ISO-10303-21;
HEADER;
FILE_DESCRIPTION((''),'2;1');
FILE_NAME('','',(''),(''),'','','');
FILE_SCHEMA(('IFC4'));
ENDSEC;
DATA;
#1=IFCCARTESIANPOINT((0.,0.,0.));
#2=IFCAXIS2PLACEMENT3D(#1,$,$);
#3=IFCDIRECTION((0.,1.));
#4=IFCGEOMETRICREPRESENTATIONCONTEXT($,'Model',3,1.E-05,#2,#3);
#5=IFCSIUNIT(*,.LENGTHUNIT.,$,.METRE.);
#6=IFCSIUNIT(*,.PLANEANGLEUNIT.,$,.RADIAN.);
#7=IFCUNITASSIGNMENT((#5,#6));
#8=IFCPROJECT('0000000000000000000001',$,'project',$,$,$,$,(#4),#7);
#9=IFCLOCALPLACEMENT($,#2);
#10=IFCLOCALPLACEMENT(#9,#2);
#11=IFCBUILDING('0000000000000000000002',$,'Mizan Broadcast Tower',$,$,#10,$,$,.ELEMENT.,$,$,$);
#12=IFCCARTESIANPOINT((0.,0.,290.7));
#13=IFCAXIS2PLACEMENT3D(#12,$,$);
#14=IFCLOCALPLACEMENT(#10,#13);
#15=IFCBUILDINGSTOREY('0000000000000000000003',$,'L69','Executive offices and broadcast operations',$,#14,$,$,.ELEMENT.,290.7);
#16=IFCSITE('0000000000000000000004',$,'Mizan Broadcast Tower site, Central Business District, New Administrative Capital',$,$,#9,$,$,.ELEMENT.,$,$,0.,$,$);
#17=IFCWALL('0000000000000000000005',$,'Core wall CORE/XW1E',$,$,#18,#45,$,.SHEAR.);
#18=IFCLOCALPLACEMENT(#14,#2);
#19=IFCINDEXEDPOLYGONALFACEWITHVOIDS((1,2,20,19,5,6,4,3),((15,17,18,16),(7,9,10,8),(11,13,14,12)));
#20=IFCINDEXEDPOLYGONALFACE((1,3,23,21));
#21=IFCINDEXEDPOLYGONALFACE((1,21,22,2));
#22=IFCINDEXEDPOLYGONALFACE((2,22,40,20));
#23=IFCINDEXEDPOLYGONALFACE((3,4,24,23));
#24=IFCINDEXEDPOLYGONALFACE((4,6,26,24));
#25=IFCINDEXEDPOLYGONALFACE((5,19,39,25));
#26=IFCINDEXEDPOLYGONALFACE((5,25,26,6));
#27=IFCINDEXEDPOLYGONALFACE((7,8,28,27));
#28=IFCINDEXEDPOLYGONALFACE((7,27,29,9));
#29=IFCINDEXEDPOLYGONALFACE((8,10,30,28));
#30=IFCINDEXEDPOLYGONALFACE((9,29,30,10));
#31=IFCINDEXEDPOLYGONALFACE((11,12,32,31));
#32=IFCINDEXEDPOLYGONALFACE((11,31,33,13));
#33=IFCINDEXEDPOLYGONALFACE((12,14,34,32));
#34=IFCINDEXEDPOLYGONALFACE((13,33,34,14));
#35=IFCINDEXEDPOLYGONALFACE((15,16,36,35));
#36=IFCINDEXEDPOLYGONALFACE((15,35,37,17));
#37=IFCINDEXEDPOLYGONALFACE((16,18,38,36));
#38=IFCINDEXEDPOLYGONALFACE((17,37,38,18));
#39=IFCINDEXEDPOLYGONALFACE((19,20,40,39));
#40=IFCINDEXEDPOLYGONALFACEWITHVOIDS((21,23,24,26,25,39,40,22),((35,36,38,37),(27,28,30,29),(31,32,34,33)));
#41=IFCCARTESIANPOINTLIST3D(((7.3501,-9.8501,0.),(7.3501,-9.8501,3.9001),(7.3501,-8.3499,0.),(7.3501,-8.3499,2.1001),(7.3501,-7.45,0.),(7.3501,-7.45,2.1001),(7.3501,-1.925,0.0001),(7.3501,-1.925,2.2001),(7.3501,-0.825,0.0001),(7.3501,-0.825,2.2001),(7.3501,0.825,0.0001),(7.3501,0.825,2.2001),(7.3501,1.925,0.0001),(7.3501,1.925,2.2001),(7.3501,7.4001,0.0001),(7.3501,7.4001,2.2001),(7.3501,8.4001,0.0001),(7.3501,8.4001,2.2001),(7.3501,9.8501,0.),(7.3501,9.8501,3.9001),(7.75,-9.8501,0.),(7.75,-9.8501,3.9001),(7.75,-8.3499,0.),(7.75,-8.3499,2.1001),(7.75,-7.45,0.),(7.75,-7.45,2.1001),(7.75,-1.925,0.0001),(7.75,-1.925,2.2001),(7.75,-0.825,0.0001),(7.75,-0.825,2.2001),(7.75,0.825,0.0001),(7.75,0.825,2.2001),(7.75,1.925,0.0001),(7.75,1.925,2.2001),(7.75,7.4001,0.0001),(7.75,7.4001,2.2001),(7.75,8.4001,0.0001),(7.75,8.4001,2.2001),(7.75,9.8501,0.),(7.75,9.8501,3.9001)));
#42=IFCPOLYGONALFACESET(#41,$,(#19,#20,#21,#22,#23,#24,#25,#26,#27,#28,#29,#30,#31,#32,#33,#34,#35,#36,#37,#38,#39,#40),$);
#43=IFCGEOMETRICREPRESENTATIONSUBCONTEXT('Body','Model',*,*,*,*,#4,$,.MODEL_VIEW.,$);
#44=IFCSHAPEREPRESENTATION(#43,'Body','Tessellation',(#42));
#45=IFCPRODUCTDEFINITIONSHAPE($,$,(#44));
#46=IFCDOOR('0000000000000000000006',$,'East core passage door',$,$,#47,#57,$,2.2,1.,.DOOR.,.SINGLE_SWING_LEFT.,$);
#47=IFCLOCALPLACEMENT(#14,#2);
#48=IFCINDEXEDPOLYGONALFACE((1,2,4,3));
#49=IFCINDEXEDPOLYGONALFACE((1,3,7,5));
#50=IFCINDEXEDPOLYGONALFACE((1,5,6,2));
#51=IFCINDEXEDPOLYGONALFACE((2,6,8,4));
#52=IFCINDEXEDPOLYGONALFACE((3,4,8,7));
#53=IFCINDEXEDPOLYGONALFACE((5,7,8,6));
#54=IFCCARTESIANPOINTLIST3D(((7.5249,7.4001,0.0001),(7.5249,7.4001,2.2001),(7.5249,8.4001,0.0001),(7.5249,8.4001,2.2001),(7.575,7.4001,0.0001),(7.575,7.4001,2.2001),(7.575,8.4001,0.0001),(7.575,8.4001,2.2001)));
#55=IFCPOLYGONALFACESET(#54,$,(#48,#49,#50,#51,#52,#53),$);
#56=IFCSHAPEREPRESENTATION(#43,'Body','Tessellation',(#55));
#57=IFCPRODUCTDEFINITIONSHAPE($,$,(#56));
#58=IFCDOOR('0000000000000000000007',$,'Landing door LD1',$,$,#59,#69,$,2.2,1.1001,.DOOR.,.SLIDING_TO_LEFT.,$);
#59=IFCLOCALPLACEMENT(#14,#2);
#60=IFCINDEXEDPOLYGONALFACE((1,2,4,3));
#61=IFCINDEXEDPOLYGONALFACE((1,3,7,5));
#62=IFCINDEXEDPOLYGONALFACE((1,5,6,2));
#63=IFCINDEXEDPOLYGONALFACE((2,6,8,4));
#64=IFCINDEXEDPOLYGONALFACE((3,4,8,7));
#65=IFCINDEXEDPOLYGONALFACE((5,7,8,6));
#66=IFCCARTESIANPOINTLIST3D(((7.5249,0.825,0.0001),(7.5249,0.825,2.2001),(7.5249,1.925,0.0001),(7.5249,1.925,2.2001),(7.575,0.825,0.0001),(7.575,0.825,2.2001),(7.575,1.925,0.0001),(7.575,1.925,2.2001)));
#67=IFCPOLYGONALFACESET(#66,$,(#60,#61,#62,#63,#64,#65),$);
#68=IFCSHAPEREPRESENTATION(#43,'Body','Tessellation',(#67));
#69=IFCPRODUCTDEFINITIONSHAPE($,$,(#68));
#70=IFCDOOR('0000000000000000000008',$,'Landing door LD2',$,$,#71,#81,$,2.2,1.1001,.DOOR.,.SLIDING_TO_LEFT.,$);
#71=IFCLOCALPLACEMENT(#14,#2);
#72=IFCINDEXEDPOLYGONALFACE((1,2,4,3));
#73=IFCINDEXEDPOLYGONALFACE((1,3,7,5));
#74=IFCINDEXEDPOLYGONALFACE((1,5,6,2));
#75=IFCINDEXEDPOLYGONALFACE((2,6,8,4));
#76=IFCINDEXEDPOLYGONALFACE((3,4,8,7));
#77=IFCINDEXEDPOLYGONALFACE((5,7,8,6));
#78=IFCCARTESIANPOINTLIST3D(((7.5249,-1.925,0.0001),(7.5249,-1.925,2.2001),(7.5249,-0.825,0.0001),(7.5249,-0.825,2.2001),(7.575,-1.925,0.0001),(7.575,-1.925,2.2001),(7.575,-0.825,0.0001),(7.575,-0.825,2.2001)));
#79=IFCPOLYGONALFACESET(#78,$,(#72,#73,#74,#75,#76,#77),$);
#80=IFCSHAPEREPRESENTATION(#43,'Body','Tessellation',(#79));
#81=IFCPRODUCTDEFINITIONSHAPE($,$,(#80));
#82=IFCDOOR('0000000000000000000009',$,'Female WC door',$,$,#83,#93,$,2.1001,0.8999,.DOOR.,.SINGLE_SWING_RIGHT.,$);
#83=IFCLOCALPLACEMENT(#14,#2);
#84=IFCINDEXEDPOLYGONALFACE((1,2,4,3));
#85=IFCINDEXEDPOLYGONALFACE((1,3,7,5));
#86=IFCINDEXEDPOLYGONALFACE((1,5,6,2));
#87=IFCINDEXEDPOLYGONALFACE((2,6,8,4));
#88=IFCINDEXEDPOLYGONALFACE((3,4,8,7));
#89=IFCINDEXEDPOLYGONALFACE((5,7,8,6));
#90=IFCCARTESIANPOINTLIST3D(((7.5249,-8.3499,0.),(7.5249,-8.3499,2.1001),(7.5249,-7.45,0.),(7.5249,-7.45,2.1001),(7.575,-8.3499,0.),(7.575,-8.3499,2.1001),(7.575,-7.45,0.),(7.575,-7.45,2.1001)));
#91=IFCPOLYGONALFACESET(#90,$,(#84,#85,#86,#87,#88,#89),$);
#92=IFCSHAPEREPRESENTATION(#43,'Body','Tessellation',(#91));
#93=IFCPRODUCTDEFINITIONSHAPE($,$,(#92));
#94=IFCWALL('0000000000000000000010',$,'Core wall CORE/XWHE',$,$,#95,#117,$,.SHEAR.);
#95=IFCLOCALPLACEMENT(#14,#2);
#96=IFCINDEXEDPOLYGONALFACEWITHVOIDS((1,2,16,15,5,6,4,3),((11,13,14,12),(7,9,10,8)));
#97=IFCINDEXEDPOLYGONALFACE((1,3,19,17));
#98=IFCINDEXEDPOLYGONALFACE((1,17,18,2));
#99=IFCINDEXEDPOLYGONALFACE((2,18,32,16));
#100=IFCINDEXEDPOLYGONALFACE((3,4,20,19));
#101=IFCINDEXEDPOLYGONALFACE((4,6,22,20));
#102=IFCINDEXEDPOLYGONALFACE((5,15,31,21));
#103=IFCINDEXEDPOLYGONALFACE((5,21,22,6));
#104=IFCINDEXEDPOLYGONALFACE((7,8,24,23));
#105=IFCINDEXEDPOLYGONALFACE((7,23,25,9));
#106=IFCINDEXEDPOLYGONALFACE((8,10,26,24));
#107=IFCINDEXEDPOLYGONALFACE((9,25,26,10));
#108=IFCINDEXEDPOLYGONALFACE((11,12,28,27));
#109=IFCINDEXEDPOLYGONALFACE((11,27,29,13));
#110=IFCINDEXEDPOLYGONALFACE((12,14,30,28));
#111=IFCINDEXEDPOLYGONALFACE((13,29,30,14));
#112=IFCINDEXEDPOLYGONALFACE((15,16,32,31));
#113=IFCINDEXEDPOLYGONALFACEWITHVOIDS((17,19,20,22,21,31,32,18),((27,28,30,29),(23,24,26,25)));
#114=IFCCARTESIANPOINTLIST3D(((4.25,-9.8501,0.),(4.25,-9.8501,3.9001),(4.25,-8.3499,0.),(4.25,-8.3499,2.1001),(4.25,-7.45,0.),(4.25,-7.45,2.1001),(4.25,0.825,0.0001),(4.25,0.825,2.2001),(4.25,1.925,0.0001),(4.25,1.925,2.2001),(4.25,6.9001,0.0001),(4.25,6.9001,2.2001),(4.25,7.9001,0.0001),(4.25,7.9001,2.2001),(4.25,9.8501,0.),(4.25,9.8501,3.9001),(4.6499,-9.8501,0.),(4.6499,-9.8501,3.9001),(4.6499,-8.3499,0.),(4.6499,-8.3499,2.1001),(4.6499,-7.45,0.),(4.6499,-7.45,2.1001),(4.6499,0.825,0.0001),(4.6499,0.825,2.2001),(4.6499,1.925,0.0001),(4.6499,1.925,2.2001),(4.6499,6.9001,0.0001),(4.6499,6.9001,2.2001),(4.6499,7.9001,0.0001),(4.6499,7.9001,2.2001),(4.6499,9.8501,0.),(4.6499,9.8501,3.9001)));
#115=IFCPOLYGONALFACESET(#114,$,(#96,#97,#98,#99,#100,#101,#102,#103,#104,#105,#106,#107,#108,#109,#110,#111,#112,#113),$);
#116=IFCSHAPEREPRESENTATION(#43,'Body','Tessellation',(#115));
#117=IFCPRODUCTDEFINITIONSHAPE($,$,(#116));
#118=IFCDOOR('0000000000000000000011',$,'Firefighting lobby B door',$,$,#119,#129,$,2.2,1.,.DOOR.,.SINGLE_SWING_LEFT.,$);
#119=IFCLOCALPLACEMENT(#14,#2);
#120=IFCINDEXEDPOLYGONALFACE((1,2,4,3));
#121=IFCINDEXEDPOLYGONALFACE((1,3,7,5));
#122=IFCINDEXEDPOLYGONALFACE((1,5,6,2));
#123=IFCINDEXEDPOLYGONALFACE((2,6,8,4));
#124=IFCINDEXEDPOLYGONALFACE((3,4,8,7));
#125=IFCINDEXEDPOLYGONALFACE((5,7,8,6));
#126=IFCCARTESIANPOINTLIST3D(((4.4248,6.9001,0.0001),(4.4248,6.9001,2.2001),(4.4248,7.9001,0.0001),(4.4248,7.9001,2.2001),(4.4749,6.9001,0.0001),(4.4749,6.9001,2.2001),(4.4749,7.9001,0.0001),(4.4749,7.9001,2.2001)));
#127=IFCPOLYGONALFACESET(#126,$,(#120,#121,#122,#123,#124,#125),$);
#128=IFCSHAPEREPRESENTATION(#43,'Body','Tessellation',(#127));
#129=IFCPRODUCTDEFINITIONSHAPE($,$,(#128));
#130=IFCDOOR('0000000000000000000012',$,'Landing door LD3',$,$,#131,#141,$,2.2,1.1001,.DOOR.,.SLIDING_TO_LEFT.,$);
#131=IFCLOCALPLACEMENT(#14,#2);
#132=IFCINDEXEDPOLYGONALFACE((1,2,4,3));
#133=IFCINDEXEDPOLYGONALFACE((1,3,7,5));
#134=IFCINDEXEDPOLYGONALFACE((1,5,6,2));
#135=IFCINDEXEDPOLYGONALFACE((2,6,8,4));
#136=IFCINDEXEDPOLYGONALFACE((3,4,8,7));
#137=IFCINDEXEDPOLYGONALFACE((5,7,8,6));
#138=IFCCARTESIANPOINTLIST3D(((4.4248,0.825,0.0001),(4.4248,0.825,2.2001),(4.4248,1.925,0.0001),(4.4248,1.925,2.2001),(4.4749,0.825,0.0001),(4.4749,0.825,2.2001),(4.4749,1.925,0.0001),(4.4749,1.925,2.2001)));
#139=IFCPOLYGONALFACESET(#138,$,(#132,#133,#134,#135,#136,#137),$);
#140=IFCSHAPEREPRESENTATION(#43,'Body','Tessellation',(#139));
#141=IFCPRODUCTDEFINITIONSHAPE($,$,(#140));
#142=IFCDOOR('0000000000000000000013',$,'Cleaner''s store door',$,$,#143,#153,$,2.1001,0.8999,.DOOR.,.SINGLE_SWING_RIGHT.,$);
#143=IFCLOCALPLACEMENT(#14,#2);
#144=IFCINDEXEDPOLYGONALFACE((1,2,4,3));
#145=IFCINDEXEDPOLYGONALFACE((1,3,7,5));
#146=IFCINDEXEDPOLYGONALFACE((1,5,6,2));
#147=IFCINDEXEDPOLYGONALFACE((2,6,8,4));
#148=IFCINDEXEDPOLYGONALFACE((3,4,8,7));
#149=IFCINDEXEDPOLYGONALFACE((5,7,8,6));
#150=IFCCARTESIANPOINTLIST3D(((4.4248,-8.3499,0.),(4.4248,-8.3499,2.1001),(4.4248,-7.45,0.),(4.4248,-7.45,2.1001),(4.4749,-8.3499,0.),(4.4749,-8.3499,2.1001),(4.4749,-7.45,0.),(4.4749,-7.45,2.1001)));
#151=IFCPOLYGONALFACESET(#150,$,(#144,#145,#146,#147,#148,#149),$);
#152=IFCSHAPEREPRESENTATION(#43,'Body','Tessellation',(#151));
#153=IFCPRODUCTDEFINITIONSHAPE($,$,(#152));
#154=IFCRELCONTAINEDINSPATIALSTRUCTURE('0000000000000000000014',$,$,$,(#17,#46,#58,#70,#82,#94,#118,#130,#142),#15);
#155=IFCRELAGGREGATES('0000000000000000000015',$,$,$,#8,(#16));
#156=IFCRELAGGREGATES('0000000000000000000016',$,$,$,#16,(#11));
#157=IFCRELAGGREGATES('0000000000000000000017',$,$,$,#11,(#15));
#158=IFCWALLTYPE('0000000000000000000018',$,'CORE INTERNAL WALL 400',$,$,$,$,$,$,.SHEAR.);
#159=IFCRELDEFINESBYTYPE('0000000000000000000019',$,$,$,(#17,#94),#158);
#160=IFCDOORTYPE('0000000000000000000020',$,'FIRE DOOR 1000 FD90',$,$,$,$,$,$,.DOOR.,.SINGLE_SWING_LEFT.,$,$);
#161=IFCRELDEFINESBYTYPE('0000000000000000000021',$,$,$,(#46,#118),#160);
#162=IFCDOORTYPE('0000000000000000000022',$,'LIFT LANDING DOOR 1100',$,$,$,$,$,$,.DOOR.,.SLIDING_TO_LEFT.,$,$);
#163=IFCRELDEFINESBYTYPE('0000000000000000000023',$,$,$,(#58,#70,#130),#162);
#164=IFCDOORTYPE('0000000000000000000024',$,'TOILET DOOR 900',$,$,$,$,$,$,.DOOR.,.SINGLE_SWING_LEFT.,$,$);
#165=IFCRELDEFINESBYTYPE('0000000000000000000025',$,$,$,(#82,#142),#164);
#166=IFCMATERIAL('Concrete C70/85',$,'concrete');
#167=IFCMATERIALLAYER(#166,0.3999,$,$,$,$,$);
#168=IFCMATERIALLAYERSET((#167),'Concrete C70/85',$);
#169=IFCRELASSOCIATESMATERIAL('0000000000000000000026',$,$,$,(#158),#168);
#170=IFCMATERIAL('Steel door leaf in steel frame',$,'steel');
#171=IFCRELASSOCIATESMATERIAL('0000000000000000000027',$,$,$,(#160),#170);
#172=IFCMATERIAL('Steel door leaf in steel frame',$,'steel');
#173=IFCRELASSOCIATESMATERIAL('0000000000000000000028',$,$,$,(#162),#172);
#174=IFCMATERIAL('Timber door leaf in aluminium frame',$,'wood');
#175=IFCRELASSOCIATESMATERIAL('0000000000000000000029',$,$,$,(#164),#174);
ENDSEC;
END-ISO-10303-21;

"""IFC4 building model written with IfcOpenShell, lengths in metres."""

from ifc_helpers import new_model, si_unit, direction, frame, frame_2d, origin, place, context, subcontext, project, spatial, rectangle, extrude, material, layer, layer_set, type_object, element, fill, save


model = new_model("IFC4")

# Units and contexts
model_context = context("Model", 3, precision=1e-05, world=origin(), true_north=direction((0.0, 1.0)))
body_context = subcontext(model_context, "Body", "Model", "MODEL_VIEW")
ifc_project = project(units=[si_unit("LENGTHUNIT", "METRE"), si_unit("PLANEANGLEUNIT", "RADIAN")], contexts=[model_context])

# Site, building, storey
site_placement = place(None, origin())
site = spatial("IfcSite", under=ifc_project, at=site_placement, Name="Mizan Broadcast Tower site, Central Business District, New Administrative Capital", CompositionType="ELEMENT", RefElevation=0.0)
building_placement = place(site_placement, origin())
building = spatial("IfcBuilding", under=site, at=building_placement, Name="Mizan Broadcast Tower", CompositionType="ELEMENT")
storey_placement = place(building_placement, frame((0.0, 0.0, 290.7)))
storey = spatial("IfcBuildingStorey", under=building, at=storey_placement, Name="L69", Description="Executive offices and broadcast operations", CompositionType="ELEMENT", Elevation=290.7)

# Walls, openings, doors
ifc_material_1 = material(Name="Concrete C70/85", Category="concrete")
ifc_layer_1 = layer(ifc_material_1, 0.3999)
ifc_layer_set_1 = layer_set([ifc_layer_1], Name="Concrete C70/85")
wall_type = type_object("IfcWallType", Name="CORE INTERNAL WALL 400", PredefinedType="SHEAR", material=ifc_layer_set_1)
wall_1_placement = place(storey_placement, frame((7.55, 9.8501, 0.0), z_axis=(0.0, 0.0, 1.0), x_axis=(0.0, -1.0, 0.0)))
wall_1 = element("IfcWall", 1, at=wall_1_placement, inside=storey, type_object=wall_type, Name="Core wall CORE/XW1E", PredefinedType="SHEAR", context=body_context, shape_type="SweptSolid", body=[
    extrude(rectangle(XDim=19.7002, YDim=0.3999, at=frame_2d((9.8501, 0.0))), origin(), (0.0, 0.0, 1.0), 3.9001),
])
opening_1_placement = place(wall_1_placement, frame((1.45, 0.0, 0.0)))
opening_1 = element("IfcOpeningElement", 2, at=opening_1_placement, cuts=wall_1, PredefinedType="OPENING", context=body_context, shape_type="SweptSolid", body=[
    extrude(rectangle(XDim=1.0, YDim=2.2, at=frame_2d((0.5, 1.1001))), frame((0.0, 0.21, 0.0), z_axis=(0.0, -1.0, 0.0), x_axis=(1.0, 0.0, 0.0)), (0.0, 0.0, 1.0), 0.4199),
])
opening_2_placement = place(wall_1_placement, frame((17.3, 0.0, 0.0)))
opening_2 = element("IfcOpeningElement", 3, at=opening_2_placement, cuts=wall_1, PredefinedType="OPENING", context=body_context, shape_type="SweptSolid", body=[
    extrude(rectangle(XDim=0.8999, YDim=2.1001, at=frame_2d((0.45, 1.05))), frame((0.0, 0.21, 0.0), z_axis=(0.0, -1.0, 0.0), x_axis=(1.0, 0.0, 0.0)), (0.0, 0.0, 1.0), 0.4199),
])
opening_3_placement = place(wall_1_placement, frame((7.925, 0.0, 0.0)))
opening_3 = element("IfcOpeningElement", 4, at=opening_3_placement, cuts=wall_1, PredefinedType="OPENING", context=body_context, shape_type="SweptSolid", body=[
    extrude(rectangle(XDim=1.1001, YDim=2.2, at=frame_2d((0.55, 1.1001))), frame((0.0, 0.21, 0.0), z_axis=(0.0, -1.0, 0.0), x_axis=(1.0, 0.0, 0.0)), (0.0, 0.0, 1.0), 0.4199),
])
opening_4_placement = place(wall_1_placement, frame((10.675, 0.0, 0.0)))
opening_4 = element("IfcOpeningElement", 5, at=opening_4_placement, cuts=wall_1, PredefinedType="OPENING", context=body_context, shape_type="SweptSolid", body=[
    extrude(rectangle(XDim=1.1001, YDim=2.2, at=frame_2d((0.55, 1.1001))), frame((0.0, 0.21, 0.0), z_axis=(0.0, -1.0, 0.0), x_axis=(1.0, 0.0, 0.0)), (0.0, 0.0, 1.0), 0.4199),
])
ifc_material_2 = material(Name="Steel door leaf in steel frame", Category="steel")
door_type_1 = type_object("IfcDoorType", Name="FIRE DOOR 1000 FD90", OperationType="SINGLE_SWING_LEFT", PredefinedType="DOOR", material=ifc_material_2)
door_1_placement = place(opening_1_placement, origin())
door_1 = element("IfcDoor", 6, at=door_1_placement, inside=storey, type_object=door_type_1, Name="East core passage door", OperationType="SINGLE_SWING_LEFT", OverallHeight=2.2, OverallWidth=1.0, PredefinedType="DOOR", context=body_context, shape_type="SweptSolid", body=[
    extrude(rectangle(XDim=1.0, YDim=2.2, at=frame_2d((0.5, 1.1001))), frame((0.0, 0.0249, 0.0), z_axis=(0.0, -1.0, 0.0), x_axis=(1.0, 0.0, 0.0)), (0.0, 0.0, 1.0), 0.05),
])
fill(opening_1, door_1)
ifc_material_3 = material(Name="Steel door leaf in steel frame", Category="steel")
door_type_2 = type_object("IfcDoorType", Name="LIFT LANDING DOOR 1100", OperationType="SLIDING_TO_LEFT", PredefinedType="DOOR", material=ifc_material_3)
door_2_placement = place(opening_3_placement, origin())
door_2 = element("IfcDoor", 7, at=door_2_placement, inside=storey, type_object=door_type_2, Name="Landing door LD1", OperationType="SLIDING_TO_LEFT", OverallHeight=2.2, OverallWidth=1.1001, PredefinedType="DOOR", context=body_context, shape_type="SweptSolid", body=[
    extrude(rectangle(XDim=1.1001, YDim=2.2, at=frame_2d((0.55, 1.1001))), frame((0.0, 0.0249, 0.0), z_axis=(0.0, -1.0, 0.0), x_axis=(1.0, 0.0, 0.0)), (0.0, 0.0, 1.0), 0.05),
])
fill(opening_3, door_2)
door_3_placement = place(opening_4_placement, origin())
door_3 = element("IfcDoor", 8, at=door_3_placement, inside=storey, type_object=door_type_2, Name="Landing door LD2", OperationType="SLIDING_TO_LEFT", OverallHeight=2.2, OverallWidth=1.1001, PredefinedType="DOOR", context=body_context, shape_type="SweptSolid", body=[
    extrude(rectangle(XDim=1.1001, YDim=2.2, at=frame_2d((0.55, 1.1001))), frame((0.0, 0.0249, 0.0), z_axis=(0.0, -1.0, 0.0), x_axis=(1.0, 0.0, 0.0)), (0.0, 0.0, 1.0), 0.05),
])
fill(opening_4, door_3)
ifc_material_4 = material(Name="Timber door leaf in aluminium frame", Category="wood")
door_type_3 = type_object("IfcDoorType", Name="TOILET DOOR 900", OperationType="SINGLE_SWING_LEFT", PredefinedType="DOOR", material=ifc_material_4)
door_4_placement = place(opening_2_placement, origin())
door_4 = element("IfcDoor", 9, at=door_4_placement, inside=storey, type_object=door_type_3, Name="Female WC door", OperationType="SINGLE_SWING_RIGHT", OverallHeight=2.1001, OverallWidth=0.8999, PredefinedType="DOOR", context=body_context, shape_type="SweptSolid", body=[
    extrude(rectangle(XDim=0.8999, YDim=2.1001, at=frame_2d((0.45, 1.05))), frame((0.0, 0.0249, 0.0), z_axis=(0.0, -1.0, 0.0), x_axis=(1.0, 0.0, 0.0)), (0.0, 0.0, 1.0), 0.05),
])
fill(opening_2, door_4)
wall_2_placement = place(storey_placement, frame((4.45, 9.8501, 0.0), z_axis=(0.0, 0.0, 1.0), x_axis=(0.0, -1.0, 0.0)))
wall_2 = element("IfcWall", 10, at=wall_2_placement, inside=storey, type_object=wall_type, Name="Core wall CORE/XWHE", PredefinedType="SHEAR", context=body_context, shape_type="SweptSolid", body=[
    extrude(rectangle(XDim=19.7002, YDim=0.3999, at=frame_2d((9.8501, 0.0))), origin(), (0.0, 0.0, 1.0), 3.9001),
])
opening_5_placement = place(wall_2_placement, frame((1.95, 0.0, 0.0)))
opening_5 = element("IfcOpeningElement", 11, at=opening_5_placement, cuts=wall_2, PredefinedType="OPENING", context=body_context, shape_type="SweptSolid", body=[
    extrude(rectangle(XDim=1.0, YDim=2.2, at=frame_2d((0.5, 1.1001))), frame((0.0, 0.21, 0.0), z_axis=(0.0, -1.0, 0.0), x_axis=(1.0, 0.0, 0.0)), (0.0, 0.0, 1.0), 0.4199),
])
opening_6_placement = place(wall_2_placement, frame((17.3, 0.0, 0.0)))
opening_6 = element("IfcOpeningElement", 12, at=opening_6_placement, cuts=wall_2, PredefinedType="OPENING", context=body_context, shape_type="SweptSolid", body=[
    extrude(rectangle(XDim=0.8999, YDim=2.1001, at=frame_2d((0.45, 1.05))), frame((0.0, 0.21, 0.0), z_axis=(0.0, -1.0, 0.0), x_axis=(1.0, 0.0, 0.0)), (0.0, 0.0, 1.0), 0.4199),
])
opening_7_placement = place(wall_2_placement, frame((7.925, 0.0, 0.0)))
opening_7 = element("IfcOpeningElement", 13, at=opening_7_placement, cuts=wall_2, PredefinedType="OPENING", context=body_context, shape_type="SweptSolid", body=[
    extrude(rectangle(XDim=1.1001, YDim=2.2, at=frame_2d((0.55, 1.1001))), frame((0.0, 0.21, 0.0), z_axis=(0.0, -1.0, 0.0), x_axis=(1.0, 0.0, 0.0)), (0.0, 0.0, 1.0), 0.4199),
])
door_5_placement = place(opening_5_placement, origin())
door_5 = element("IfcDoor", 14, at=door_5_placement, inside=storey, type_object=door_type_1, Name="Firefighting lobby B door", OperationType="SINGLE_SWING_LEFT", OverallHeight=2.2, OverallWidth=1.0, PredefinedType="DOOR", context=body_context, shape_type="SweptSolid", body=[
    extrude(rectangle(XDim=1.0, YDim=2.2, at=frame_2d((0.5, 1.1001))), frame((0.0, 0.0249, 0.0), z_axis=(0.0, -1.0, 0.0), x_axis=(1.0, 0.0, 0.0)), (0.0, 0.0, 1.0), 0.05),
])
fill(opening_5, door_5)
door_6_placement = place(opening_7_placement, origin())
door_6 = element("IfcDoor", 15, at=door_6_placement, inside=storey, type_object=door_type_2, Name="Landing door LD3", OperationType="SLIDING_TO_LEFT", OverallHeight=2.2, OverallWidth=1.1001, PredefinedType="DOOR", context=body_context, shape_type="SweptSolid", body=[
    extrude(rectangle(XDim=1.1001, YDim=2.2, at=frame_2d((0.55, 1.1001))), frame((0.0, 0.0249, 0.0), z_axis=(0.0, -1.0, 0.0), x_axis=(1.0, 0.0, 0.0)), (0.0, 0.0, 1.0), 0.05),
])
fill(opening_7, door_6)
door_7_placement = place(opening_6_placement, origin())
door_7 = element("IfcDoor", 16, at=door_7_placement, inside=storey, type_object=door_type_3, Name="Cleaner's store door", OperationType="SINGLE_SWING_RIGHT", OverallHeight=2.1001, OverallWidth=0.8999, PredefinedType="DOOR", context=body_context, shape_type="SweptSolid", body=[
    extrude(rectangle(XDim=0.8999, YDim=2.1001, at=frame_2d((0.45, 1.05))), frame((0.0, 0.0249, 0.0), z_axis=(0.0, -1.0, 0.0), x_axis=(1.0, 0.0, 0.0)), (0.0, 0.0, 1.0), 0.05),
])
fill(opening_6, door_7)

save(model, "model.ifc")
